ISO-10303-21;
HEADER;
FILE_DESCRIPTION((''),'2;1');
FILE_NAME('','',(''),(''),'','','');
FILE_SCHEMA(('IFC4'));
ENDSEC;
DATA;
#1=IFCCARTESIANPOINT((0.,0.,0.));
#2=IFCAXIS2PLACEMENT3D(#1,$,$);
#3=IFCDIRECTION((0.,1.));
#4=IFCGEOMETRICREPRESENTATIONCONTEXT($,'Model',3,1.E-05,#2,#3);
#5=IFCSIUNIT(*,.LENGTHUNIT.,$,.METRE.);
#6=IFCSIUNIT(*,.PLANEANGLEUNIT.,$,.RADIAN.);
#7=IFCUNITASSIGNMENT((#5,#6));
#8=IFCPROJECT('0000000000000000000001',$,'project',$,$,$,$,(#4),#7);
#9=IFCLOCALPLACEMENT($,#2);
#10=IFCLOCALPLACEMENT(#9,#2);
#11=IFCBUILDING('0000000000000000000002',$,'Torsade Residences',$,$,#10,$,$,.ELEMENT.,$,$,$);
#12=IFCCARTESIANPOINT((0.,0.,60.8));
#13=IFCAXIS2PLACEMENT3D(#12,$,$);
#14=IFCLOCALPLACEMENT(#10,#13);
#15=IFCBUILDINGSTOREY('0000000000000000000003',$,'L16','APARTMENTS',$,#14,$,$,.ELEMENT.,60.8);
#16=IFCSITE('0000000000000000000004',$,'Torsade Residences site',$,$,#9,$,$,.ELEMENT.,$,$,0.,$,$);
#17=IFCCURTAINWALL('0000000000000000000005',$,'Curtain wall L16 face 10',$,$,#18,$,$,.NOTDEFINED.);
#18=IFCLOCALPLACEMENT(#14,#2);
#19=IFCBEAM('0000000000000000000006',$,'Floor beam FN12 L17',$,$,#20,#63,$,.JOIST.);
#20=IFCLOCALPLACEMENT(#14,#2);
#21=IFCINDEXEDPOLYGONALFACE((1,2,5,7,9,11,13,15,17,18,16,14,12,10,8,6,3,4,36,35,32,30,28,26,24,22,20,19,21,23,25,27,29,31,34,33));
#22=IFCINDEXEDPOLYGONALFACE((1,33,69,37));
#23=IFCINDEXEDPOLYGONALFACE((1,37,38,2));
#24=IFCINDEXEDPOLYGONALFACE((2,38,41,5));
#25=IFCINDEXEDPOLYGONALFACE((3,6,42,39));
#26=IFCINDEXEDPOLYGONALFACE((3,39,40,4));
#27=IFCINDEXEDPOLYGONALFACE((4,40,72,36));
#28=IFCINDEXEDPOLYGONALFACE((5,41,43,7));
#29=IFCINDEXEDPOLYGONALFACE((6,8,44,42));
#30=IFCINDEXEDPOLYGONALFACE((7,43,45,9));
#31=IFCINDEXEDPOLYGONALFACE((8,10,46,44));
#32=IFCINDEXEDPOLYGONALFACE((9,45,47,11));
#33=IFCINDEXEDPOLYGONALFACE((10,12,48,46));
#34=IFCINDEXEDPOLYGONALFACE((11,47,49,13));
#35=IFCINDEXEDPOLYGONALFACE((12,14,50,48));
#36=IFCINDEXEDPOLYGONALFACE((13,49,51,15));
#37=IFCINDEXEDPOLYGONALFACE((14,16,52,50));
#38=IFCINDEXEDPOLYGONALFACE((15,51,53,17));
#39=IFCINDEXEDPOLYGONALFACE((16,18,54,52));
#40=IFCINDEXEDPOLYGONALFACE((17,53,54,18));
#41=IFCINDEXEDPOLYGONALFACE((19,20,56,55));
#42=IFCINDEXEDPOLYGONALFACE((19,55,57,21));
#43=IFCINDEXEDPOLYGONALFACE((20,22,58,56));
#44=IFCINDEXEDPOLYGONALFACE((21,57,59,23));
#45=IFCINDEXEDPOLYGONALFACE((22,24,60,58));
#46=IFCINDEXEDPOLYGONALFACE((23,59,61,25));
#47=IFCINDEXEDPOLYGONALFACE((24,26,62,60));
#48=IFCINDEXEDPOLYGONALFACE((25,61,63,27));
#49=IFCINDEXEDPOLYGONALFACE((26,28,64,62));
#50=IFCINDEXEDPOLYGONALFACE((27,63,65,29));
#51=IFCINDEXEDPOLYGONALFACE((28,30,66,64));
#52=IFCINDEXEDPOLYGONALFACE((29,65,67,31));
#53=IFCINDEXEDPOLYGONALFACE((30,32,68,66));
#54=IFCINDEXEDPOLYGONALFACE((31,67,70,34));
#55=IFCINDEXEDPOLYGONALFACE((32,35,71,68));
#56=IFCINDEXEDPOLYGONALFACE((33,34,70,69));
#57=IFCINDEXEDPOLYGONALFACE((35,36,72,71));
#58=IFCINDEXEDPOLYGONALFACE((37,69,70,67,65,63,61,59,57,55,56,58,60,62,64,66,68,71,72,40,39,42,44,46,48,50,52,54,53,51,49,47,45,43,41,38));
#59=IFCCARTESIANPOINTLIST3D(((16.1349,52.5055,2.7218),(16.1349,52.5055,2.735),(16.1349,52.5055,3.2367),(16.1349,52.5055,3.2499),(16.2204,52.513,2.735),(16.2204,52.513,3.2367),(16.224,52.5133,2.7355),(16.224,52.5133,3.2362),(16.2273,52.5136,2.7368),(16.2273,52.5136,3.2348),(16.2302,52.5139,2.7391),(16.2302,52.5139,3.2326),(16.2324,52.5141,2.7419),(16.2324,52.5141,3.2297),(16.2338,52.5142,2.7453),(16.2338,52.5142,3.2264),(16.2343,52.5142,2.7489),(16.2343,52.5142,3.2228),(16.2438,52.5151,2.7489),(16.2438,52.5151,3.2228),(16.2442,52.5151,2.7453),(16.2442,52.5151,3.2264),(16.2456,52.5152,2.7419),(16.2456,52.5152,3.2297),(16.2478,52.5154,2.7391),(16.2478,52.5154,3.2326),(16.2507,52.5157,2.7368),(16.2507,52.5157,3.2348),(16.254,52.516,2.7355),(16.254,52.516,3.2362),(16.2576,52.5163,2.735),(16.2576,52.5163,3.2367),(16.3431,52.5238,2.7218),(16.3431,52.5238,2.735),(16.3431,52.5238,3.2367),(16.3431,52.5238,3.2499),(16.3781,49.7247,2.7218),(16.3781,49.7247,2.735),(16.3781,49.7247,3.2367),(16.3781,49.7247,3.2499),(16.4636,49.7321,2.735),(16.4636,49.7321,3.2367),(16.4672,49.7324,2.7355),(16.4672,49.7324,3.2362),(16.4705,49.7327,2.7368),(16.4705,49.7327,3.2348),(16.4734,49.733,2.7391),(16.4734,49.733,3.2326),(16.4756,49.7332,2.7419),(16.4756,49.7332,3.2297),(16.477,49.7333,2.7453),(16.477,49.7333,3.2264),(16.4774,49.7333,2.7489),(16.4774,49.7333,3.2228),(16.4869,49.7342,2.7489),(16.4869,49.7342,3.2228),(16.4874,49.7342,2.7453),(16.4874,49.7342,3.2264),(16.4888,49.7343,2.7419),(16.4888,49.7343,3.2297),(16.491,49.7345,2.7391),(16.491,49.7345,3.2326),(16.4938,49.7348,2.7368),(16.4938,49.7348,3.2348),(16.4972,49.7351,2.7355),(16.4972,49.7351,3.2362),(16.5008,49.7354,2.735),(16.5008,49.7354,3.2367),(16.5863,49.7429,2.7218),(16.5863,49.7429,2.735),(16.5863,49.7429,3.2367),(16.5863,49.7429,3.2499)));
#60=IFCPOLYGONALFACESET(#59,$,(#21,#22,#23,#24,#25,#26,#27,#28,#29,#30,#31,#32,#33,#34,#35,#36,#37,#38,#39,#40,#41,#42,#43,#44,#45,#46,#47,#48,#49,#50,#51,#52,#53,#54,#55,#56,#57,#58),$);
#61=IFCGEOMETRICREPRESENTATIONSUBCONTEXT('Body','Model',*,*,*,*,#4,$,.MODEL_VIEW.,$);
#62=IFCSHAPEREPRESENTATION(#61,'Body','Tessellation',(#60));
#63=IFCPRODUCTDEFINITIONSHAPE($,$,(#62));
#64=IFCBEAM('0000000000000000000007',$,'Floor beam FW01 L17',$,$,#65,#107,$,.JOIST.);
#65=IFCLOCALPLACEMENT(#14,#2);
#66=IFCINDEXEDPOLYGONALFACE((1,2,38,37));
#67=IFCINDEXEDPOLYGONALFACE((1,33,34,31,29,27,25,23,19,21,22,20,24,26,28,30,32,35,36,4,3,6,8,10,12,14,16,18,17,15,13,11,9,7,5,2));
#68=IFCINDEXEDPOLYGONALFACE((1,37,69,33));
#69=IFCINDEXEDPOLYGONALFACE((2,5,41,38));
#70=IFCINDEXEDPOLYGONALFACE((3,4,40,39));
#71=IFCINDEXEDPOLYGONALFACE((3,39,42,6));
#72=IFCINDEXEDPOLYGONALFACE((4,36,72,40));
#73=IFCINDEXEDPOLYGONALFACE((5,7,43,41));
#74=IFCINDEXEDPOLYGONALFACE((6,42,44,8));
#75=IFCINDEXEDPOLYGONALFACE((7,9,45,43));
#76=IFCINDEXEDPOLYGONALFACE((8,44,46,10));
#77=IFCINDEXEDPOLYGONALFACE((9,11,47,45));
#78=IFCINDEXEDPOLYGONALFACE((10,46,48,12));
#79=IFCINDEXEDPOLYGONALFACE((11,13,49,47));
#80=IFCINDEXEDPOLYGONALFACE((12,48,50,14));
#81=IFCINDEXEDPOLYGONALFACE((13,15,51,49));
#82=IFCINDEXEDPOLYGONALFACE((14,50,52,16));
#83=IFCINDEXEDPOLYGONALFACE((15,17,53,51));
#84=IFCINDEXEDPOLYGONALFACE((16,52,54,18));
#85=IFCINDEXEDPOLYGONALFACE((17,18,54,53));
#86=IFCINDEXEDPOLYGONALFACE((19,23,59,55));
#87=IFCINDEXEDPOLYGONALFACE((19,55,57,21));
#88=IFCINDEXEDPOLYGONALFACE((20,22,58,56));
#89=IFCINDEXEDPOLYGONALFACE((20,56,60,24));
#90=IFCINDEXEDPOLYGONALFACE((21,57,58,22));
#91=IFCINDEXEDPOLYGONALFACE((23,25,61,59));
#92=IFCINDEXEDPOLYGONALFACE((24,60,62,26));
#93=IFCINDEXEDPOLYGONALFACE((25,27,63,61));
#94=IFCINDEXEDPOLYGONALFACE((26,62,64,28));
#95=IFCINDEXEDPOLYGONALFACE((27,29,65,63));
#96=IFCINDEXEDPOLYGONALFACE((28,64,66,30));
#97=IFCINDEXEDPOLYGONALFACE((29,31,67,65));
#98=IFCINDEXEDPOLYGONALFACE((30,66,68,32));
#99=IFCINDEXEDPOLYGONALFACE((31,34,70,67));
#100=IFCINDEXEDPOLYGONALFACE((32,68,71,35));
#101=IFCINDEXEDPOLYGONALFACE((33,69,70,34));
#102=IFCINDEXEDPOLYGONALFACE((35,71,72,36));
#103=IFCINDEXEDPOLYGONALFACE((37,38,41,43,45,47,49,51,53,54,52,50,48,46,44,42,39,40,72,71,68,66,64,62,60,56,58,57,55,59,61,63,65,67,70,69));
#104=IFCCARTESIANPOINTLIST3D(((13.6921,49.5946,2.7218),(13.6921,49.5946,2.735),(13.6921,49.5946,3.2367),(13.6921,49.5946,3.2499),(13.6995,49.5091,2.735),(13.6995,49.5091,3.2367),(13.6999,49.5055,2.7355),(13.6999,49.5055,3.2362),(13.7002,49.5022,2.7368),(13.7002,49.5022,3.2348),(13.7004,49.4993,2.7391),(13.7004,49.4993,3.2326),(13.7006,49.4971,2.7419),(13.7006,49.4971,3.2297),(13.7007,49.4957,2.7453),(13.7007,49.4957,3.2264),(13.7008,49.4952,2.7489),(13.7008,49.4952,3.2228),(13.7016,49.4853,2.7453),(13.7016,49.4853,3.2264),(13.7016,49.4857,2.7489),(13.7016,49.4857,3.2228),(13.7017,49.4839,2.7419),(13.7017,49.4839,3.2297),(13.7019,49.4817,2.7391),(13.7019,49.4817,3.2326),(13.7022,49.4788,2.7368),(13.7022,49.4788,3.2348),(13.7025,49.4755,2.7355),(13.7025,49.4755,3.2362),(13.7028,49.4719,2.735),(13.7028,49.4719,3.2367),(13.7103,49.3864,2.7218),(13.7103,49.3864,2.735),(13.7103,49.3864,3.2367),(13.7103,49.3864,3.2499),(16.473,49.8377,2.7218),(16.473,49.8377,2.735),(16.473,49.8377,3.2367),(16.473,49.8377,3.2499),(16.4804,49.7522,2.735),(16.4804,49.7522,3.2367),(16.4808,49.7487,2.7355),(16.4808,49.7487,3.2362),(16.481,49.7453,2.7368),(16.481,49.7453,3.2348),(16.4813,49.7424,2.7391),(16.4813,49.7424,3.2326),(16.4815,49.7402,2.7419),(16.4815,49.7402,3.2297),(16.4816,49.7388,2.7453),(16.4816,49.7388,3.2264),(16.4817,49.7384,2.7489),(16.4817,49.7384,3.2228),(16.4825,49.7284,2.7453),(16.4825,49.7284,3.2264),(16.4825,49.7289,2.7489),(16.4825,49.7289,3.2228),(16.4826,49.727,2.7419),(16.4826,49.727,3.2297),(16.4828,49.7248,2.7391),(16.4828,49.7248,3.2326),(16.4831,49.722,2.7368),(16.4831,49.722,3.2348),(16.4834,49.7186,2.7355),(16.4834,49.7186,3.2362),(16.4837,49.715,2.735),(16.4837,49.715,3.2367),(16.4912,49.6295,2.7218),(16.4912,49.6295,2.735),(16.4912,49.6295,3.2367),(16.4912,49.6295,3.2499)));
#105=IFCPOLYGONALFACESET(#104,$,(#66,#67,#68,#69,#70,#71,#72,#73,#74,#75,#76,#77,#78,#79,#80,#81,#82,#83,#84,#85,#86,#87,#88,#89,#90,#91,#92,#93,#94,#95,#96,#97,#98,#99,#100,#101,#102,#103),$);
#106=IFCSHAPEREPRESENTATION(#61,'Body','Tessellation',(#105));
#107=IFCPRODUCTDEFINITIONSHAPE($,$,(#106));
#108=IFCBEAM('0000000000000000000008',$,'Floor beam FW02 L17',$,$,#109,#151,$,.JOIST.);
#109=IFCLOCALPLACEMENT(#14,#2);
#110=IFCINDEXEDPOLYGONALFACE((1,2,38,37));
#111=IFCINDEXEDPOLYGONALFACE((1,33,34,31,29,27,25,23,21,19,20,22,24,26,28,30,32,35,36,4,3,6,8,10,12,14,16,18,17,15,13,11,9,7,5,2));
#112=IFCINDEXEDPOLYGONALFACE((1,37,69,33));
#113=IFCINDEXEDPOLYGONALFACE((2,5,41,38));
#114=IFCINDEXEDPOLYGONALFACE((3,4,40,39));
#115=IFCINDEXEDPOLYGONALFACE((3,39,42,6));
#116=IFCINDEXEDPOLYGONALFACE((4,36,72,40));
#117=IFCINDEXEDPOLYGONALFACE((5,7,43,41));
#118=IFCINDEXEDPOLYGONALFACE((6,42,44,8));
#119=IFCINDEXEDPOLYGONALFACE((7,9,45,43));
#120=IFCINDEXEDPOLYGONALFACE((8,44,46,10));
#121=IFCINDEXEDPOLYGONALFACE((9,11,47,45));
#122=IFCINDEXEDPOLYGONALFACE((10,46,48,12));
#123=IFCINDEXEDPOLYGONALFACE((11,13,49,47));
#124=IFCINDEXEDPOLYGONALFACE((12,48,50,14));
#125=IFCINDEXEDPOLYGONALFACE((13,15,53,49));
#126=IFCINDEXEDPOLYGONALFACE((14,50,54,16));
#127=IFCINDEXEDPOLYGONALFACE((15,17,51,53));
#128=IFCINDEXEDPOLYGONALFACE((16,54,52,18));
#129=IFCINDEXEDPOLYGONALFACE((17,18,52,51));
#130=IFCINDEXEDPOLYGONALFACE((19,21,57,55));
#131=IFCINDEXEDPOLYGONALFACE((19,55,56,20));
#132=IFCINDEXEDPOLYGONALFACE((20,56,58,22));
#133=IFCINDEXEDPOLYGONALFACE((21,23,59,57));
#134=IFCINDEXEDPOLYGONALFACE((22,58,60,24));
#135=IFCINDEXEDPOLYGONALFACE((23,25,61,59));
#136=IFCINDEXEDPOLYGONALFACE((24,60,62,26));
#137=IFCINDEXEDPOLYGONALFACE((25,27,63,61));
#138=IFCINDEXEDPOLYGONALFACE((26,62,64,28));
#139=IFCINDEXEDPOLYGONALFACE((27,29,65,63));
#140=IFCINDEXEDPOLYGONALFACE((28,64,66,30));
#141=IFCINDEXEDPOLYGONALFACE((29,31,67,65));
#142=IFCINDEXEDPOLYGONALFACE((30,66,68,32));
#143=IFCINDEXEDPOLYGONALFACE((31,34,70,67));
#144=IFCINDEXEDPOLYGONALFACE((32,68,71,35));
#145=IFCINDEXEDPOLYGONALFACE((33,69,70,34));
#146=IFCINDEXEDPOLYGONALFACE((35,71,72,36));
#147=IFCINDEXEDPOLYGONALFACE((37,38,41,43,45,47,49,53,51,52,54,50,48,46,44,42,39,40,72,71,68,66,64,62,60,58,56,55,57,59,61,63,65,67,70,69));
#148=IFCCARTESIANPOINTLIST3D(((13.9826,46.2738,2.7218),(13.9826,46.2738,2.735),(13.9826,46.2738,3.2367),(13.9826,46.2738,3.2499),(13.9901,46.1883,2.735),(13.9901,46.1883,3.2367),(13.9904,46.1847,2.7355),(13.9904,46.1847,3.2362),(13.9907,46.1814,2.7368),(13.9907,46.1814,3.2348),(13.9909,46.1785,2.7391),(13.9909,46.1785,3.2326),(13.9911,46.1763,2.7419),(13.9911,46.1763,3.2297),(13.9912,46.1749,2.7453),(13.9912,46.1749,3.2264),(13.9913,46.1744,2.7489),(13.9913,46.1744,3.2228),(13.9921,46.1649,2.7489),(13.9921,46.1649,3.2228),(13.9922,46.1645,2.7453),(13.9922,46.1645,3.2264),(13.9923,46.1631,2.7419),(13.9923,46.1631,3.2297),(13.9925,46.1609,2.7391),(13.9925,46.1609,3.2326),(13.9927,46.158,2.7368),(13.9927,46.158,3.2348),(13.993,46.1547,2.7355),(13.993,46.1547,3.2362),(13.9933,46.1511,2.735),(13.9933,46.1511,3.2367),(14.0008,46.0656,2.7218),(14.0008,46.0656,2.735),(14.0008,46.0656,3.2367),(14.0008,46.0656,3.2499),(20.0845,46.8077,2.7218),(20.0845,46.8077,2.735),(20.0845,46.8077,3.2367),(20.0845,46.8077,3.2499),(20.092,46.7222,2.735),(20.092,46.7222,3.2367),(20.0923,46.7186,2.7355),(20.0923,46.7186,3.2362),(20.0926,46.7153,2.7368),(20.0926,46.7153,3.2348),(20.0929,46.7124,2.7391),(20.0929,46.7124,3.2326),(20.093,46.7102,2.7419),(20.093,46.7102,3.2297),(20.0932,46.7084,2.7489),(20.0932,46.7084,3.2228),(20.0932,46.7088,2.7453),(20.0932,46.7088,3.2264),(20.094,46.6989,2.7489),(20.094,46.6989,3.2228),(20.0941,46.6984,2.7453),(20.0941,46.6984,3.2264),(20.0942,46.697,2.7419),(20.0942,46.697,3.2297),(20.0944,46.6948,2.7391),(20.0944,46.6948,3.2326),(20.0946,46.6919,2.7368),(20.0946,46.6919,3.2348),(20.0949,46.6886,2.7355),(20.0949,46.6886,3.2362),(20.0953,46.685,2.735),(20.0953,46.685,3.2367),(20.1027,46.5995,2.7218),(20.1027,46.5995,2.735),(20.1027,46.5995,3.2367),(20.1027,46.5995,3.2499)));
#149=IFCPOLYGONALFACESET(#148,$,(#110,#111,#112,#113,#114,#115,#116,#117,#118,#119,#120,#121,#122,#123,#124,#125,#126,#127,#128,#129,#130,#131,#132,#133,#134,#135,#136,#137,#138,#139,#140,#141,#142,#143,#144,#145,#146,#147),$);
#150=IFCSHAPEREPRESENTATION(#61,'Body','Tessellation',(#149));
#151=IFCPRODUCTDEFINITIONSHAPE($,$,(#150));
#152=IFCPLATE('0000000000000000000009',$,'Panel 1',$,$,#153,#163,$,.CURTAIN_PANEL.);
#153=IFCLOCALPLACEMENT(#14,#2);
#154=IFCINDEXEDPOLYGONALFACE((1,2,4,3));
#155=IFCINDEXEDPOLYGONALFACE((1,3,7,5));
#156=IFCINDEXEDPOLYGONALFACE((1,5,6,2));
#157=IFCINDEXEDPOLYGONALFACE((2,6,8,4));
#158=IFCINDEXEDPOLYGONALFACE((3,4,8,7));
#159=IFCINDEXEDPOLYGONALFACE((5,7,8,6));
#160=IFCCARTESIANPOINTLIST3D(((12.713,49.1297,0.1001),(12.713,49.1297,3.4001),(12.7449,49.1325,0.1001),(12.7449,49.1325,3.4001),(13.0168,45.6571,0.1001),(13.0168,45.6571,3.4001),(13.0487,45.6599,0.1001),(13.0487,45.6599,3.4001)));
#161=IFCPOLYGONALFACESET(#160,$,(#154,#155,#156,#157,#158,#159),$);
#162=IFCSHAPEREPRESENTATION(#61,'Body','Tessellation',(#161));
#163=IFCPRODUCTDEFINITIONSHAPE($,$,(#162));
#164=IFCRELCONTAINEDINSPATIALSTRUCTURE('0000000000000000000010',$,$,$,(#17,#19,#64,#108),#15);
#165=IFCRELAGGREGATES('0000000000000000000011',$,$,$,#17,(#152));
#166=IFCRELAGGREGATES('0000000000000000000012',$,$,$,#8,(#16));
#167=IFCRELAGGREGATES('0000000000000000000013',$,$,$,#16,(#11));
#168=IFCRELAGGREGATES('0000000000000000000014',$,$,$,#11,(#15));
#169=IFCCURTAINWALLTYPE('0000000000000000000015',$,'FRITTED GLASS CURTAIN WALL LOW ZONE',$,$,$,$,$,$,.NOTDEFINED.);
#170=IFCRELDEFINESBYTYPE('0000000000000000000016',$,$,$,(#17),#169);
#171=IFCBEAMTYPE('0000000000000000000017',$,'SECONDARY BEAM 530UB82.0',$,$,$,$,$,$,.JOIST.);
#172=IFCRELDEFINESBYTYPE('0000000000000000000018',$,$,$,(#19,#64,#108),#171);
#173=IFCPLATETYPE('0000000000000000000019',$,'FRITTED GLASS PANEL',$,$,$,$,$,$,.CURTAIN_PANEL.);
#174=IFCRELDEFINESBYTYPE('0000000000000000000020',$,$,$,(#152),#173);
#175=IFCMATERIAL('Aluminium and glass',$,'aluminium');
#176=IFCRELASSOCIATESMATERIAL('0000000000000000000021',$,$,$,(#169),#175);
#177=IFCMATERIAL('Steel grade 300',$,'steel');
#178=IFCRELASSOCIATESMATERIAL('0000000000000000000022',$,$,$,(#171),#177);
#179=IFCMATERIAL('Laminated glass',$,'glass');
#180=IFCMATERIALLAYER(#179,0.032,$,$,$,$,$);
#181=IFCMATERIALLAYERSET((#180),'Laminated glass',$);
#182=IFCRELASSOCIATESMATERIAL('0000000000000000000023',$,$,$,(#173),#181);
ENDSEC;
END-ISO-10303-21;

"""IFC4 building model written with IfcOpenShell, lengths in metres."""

from ifc_helpers import new_model, si_unit, direction, frame, origin, origin_2d, place, context, subcontext, project, spatial, rectangle, i_section, extrude, material, layer, layer_set, material_profile, profile_set, type_object, element, aggregate, save


model = new_model("IFC4")

# Units and contexts
model_context = context("Model", 3, precision=1e-05, world=origin(), true_north=direction((0.0, 1.0)))
body_context = subcontext(model_context, "Body", "Model", "MODEL_VIEW")
ifc_project = project(units=[si_unit("LENGTHUNIT", "METRE"), si_unit("PLANEANGLEUNIT", "RADIAN")], contexts=[model_context])

# Site, building, storey
site_placement = place(None, origin())
site = spatial("IfcSite", under=ifc_project, at=site_placement, Name="Torsade Residences site", CompositionType="ELEMENT", RefElevation=0.0)
building_placement = place(site_placement, origin())
building = spatial("IfcBuilding", under=site, at=building_placement, Name="Torsade Residences", CompositionType="ELEMENT")
storey_placement = place(building_placement, frame((0.0, 0.0, 60.8)))
storey = spatial("IfcBuildingStorey", under=building, at=storey_placement, Name="L16", Description="APARTMENTS", CompositionType="ELEMENT", Elevation=60.8)

# Shared definitions
ifc_material_1 = material(Name="Aluminium and glass", Category="aluminium")
curtain_wall_type = type_object("IfcCurtainWallType", Name="FRITTED GLASS CURTAIN WALL LOW ZONE", PredefinedType="NOTDEFINED", material=ifc_material_1)

# Curtain wall
curtain_wall_1_placement = place(storey_placement, origin())
curtain_wall_1 = element("IfcCurtainWall", 1, at=curtain_wall_1_placement, inside=storey, type_object=curtain_wall_type, Name="Curtain wall L16 face 10", PredefinedType="NOTDEFINED")

# Beams
ifc_material_2 = material(Name="Steel grade 300", Category="steel")
ifc_material_profile_1 = material_profile(ifc_material_2, i_section(OverallWidth=0.209, OverallDepth=0.5281, WebThickness=0.0095, FlangeThickness=0.0132, FilletRadius=0.0139, at=origin_2d()), Name="530UB82.0")
ifc_profile_set_1 = profile_set([ifc_material_profile_1], Name="Steel grade 300")
beam_type_1 = type_object("IfcBeamType", Name="SECONDARY BEAM 530UB82.0", PredefinedType="JOIST", material=ifc_profile_set_1)
for number, where, z_axis, x_axis, name in (
    (2, (16.239, 52.5146, 2.9858), (0.087105, -0.996199, 0.0), (0.996199, 0.087105, 0.0), "Floor beam FN12 L17"),
    (3, (13.7012, 49.4905, 2.9858), (0.996199, 0.087105, 0.0), (-0.087105, 0.996199, 0.0), "Floor beam FW01 L17"),
):
    element("IfcBeam", number, at=place(storey_placement, frame(where, z_axis=z_axis, x_axis=x_axis)), inside=storey, type_object=beam_type_1, Name=name, PredefinedType="JOIST", context=body_context, shape_type="SweptSolid", body=[
        extrude(i_section(OverallWidth=0.209, OverallDepth=0.5281, WebThickness=0.0095, FlangeThickness=0.0132, FilletRadius=0.0139, at=origin_2d()), origin(), (0.0, 0.0, 1.0), 2.7915),
    ])
beam_1_placement = place(storey_placement, frame((13.9917, 46.1697, 2.9858), z_axis=(0.996193, 0.087171, 0.0), x_axis=(-0.087171, 0.996193, 0.0)))
element("IfcBeam", 4, at=beam_1_placement, inside=storey, type_object=beam_type_1, Name="Floor beam FW02 L17", PredefinedType="JOIST", context=body_context, shape_type="SweptSolid", body=[
    extrude(i_section(OverallWidth=0.209, OverallDepth=0.5281, WebThickness=0.0095, FlangeThickness=0.0132, FilletRadius=0.0139, at=origin_2d()), origin(), (0.0, 0.0, 1.0), 6.1252),
])

# Plate
ifc_material_3 = material(Name="Laminated glass", Category="glass")
ifc_layer_1 = layer(ifc_material_3, 0.032)
ifc_layer_set_1 = layer_set([ifc_layer_1], Name="Laminated glass")
plate_type = type_object("IfcPlateType", Name="FRITTED GLASS PANEL", PredefinedType="CURTAIN_PANEL", material=ifc_layer_set_1)
plate_placement = place(storey_placement, frame((12.8809, 47.3948, 0.1001), z_axis=(0.0, 0.0, 1.0), x_axis=(0.087156, -0.996195, 0.0)))
plate = element("IfcPlate", 5, at=plate_placement, type_object=plate_type, Name="Panel 1", PredefinedType="CURTAIN_PANEL", context=body_context, shape_type="SweptSolid", body=[
    extrude(rectangle(XDim=3.4858, YDim=0.032, at=origin_2d()), origin(), (0.0, 0.0, 1.0), 3.3),
])
aggregate(curtain_wall_1, [plate])

save(model, "model.ifc")
